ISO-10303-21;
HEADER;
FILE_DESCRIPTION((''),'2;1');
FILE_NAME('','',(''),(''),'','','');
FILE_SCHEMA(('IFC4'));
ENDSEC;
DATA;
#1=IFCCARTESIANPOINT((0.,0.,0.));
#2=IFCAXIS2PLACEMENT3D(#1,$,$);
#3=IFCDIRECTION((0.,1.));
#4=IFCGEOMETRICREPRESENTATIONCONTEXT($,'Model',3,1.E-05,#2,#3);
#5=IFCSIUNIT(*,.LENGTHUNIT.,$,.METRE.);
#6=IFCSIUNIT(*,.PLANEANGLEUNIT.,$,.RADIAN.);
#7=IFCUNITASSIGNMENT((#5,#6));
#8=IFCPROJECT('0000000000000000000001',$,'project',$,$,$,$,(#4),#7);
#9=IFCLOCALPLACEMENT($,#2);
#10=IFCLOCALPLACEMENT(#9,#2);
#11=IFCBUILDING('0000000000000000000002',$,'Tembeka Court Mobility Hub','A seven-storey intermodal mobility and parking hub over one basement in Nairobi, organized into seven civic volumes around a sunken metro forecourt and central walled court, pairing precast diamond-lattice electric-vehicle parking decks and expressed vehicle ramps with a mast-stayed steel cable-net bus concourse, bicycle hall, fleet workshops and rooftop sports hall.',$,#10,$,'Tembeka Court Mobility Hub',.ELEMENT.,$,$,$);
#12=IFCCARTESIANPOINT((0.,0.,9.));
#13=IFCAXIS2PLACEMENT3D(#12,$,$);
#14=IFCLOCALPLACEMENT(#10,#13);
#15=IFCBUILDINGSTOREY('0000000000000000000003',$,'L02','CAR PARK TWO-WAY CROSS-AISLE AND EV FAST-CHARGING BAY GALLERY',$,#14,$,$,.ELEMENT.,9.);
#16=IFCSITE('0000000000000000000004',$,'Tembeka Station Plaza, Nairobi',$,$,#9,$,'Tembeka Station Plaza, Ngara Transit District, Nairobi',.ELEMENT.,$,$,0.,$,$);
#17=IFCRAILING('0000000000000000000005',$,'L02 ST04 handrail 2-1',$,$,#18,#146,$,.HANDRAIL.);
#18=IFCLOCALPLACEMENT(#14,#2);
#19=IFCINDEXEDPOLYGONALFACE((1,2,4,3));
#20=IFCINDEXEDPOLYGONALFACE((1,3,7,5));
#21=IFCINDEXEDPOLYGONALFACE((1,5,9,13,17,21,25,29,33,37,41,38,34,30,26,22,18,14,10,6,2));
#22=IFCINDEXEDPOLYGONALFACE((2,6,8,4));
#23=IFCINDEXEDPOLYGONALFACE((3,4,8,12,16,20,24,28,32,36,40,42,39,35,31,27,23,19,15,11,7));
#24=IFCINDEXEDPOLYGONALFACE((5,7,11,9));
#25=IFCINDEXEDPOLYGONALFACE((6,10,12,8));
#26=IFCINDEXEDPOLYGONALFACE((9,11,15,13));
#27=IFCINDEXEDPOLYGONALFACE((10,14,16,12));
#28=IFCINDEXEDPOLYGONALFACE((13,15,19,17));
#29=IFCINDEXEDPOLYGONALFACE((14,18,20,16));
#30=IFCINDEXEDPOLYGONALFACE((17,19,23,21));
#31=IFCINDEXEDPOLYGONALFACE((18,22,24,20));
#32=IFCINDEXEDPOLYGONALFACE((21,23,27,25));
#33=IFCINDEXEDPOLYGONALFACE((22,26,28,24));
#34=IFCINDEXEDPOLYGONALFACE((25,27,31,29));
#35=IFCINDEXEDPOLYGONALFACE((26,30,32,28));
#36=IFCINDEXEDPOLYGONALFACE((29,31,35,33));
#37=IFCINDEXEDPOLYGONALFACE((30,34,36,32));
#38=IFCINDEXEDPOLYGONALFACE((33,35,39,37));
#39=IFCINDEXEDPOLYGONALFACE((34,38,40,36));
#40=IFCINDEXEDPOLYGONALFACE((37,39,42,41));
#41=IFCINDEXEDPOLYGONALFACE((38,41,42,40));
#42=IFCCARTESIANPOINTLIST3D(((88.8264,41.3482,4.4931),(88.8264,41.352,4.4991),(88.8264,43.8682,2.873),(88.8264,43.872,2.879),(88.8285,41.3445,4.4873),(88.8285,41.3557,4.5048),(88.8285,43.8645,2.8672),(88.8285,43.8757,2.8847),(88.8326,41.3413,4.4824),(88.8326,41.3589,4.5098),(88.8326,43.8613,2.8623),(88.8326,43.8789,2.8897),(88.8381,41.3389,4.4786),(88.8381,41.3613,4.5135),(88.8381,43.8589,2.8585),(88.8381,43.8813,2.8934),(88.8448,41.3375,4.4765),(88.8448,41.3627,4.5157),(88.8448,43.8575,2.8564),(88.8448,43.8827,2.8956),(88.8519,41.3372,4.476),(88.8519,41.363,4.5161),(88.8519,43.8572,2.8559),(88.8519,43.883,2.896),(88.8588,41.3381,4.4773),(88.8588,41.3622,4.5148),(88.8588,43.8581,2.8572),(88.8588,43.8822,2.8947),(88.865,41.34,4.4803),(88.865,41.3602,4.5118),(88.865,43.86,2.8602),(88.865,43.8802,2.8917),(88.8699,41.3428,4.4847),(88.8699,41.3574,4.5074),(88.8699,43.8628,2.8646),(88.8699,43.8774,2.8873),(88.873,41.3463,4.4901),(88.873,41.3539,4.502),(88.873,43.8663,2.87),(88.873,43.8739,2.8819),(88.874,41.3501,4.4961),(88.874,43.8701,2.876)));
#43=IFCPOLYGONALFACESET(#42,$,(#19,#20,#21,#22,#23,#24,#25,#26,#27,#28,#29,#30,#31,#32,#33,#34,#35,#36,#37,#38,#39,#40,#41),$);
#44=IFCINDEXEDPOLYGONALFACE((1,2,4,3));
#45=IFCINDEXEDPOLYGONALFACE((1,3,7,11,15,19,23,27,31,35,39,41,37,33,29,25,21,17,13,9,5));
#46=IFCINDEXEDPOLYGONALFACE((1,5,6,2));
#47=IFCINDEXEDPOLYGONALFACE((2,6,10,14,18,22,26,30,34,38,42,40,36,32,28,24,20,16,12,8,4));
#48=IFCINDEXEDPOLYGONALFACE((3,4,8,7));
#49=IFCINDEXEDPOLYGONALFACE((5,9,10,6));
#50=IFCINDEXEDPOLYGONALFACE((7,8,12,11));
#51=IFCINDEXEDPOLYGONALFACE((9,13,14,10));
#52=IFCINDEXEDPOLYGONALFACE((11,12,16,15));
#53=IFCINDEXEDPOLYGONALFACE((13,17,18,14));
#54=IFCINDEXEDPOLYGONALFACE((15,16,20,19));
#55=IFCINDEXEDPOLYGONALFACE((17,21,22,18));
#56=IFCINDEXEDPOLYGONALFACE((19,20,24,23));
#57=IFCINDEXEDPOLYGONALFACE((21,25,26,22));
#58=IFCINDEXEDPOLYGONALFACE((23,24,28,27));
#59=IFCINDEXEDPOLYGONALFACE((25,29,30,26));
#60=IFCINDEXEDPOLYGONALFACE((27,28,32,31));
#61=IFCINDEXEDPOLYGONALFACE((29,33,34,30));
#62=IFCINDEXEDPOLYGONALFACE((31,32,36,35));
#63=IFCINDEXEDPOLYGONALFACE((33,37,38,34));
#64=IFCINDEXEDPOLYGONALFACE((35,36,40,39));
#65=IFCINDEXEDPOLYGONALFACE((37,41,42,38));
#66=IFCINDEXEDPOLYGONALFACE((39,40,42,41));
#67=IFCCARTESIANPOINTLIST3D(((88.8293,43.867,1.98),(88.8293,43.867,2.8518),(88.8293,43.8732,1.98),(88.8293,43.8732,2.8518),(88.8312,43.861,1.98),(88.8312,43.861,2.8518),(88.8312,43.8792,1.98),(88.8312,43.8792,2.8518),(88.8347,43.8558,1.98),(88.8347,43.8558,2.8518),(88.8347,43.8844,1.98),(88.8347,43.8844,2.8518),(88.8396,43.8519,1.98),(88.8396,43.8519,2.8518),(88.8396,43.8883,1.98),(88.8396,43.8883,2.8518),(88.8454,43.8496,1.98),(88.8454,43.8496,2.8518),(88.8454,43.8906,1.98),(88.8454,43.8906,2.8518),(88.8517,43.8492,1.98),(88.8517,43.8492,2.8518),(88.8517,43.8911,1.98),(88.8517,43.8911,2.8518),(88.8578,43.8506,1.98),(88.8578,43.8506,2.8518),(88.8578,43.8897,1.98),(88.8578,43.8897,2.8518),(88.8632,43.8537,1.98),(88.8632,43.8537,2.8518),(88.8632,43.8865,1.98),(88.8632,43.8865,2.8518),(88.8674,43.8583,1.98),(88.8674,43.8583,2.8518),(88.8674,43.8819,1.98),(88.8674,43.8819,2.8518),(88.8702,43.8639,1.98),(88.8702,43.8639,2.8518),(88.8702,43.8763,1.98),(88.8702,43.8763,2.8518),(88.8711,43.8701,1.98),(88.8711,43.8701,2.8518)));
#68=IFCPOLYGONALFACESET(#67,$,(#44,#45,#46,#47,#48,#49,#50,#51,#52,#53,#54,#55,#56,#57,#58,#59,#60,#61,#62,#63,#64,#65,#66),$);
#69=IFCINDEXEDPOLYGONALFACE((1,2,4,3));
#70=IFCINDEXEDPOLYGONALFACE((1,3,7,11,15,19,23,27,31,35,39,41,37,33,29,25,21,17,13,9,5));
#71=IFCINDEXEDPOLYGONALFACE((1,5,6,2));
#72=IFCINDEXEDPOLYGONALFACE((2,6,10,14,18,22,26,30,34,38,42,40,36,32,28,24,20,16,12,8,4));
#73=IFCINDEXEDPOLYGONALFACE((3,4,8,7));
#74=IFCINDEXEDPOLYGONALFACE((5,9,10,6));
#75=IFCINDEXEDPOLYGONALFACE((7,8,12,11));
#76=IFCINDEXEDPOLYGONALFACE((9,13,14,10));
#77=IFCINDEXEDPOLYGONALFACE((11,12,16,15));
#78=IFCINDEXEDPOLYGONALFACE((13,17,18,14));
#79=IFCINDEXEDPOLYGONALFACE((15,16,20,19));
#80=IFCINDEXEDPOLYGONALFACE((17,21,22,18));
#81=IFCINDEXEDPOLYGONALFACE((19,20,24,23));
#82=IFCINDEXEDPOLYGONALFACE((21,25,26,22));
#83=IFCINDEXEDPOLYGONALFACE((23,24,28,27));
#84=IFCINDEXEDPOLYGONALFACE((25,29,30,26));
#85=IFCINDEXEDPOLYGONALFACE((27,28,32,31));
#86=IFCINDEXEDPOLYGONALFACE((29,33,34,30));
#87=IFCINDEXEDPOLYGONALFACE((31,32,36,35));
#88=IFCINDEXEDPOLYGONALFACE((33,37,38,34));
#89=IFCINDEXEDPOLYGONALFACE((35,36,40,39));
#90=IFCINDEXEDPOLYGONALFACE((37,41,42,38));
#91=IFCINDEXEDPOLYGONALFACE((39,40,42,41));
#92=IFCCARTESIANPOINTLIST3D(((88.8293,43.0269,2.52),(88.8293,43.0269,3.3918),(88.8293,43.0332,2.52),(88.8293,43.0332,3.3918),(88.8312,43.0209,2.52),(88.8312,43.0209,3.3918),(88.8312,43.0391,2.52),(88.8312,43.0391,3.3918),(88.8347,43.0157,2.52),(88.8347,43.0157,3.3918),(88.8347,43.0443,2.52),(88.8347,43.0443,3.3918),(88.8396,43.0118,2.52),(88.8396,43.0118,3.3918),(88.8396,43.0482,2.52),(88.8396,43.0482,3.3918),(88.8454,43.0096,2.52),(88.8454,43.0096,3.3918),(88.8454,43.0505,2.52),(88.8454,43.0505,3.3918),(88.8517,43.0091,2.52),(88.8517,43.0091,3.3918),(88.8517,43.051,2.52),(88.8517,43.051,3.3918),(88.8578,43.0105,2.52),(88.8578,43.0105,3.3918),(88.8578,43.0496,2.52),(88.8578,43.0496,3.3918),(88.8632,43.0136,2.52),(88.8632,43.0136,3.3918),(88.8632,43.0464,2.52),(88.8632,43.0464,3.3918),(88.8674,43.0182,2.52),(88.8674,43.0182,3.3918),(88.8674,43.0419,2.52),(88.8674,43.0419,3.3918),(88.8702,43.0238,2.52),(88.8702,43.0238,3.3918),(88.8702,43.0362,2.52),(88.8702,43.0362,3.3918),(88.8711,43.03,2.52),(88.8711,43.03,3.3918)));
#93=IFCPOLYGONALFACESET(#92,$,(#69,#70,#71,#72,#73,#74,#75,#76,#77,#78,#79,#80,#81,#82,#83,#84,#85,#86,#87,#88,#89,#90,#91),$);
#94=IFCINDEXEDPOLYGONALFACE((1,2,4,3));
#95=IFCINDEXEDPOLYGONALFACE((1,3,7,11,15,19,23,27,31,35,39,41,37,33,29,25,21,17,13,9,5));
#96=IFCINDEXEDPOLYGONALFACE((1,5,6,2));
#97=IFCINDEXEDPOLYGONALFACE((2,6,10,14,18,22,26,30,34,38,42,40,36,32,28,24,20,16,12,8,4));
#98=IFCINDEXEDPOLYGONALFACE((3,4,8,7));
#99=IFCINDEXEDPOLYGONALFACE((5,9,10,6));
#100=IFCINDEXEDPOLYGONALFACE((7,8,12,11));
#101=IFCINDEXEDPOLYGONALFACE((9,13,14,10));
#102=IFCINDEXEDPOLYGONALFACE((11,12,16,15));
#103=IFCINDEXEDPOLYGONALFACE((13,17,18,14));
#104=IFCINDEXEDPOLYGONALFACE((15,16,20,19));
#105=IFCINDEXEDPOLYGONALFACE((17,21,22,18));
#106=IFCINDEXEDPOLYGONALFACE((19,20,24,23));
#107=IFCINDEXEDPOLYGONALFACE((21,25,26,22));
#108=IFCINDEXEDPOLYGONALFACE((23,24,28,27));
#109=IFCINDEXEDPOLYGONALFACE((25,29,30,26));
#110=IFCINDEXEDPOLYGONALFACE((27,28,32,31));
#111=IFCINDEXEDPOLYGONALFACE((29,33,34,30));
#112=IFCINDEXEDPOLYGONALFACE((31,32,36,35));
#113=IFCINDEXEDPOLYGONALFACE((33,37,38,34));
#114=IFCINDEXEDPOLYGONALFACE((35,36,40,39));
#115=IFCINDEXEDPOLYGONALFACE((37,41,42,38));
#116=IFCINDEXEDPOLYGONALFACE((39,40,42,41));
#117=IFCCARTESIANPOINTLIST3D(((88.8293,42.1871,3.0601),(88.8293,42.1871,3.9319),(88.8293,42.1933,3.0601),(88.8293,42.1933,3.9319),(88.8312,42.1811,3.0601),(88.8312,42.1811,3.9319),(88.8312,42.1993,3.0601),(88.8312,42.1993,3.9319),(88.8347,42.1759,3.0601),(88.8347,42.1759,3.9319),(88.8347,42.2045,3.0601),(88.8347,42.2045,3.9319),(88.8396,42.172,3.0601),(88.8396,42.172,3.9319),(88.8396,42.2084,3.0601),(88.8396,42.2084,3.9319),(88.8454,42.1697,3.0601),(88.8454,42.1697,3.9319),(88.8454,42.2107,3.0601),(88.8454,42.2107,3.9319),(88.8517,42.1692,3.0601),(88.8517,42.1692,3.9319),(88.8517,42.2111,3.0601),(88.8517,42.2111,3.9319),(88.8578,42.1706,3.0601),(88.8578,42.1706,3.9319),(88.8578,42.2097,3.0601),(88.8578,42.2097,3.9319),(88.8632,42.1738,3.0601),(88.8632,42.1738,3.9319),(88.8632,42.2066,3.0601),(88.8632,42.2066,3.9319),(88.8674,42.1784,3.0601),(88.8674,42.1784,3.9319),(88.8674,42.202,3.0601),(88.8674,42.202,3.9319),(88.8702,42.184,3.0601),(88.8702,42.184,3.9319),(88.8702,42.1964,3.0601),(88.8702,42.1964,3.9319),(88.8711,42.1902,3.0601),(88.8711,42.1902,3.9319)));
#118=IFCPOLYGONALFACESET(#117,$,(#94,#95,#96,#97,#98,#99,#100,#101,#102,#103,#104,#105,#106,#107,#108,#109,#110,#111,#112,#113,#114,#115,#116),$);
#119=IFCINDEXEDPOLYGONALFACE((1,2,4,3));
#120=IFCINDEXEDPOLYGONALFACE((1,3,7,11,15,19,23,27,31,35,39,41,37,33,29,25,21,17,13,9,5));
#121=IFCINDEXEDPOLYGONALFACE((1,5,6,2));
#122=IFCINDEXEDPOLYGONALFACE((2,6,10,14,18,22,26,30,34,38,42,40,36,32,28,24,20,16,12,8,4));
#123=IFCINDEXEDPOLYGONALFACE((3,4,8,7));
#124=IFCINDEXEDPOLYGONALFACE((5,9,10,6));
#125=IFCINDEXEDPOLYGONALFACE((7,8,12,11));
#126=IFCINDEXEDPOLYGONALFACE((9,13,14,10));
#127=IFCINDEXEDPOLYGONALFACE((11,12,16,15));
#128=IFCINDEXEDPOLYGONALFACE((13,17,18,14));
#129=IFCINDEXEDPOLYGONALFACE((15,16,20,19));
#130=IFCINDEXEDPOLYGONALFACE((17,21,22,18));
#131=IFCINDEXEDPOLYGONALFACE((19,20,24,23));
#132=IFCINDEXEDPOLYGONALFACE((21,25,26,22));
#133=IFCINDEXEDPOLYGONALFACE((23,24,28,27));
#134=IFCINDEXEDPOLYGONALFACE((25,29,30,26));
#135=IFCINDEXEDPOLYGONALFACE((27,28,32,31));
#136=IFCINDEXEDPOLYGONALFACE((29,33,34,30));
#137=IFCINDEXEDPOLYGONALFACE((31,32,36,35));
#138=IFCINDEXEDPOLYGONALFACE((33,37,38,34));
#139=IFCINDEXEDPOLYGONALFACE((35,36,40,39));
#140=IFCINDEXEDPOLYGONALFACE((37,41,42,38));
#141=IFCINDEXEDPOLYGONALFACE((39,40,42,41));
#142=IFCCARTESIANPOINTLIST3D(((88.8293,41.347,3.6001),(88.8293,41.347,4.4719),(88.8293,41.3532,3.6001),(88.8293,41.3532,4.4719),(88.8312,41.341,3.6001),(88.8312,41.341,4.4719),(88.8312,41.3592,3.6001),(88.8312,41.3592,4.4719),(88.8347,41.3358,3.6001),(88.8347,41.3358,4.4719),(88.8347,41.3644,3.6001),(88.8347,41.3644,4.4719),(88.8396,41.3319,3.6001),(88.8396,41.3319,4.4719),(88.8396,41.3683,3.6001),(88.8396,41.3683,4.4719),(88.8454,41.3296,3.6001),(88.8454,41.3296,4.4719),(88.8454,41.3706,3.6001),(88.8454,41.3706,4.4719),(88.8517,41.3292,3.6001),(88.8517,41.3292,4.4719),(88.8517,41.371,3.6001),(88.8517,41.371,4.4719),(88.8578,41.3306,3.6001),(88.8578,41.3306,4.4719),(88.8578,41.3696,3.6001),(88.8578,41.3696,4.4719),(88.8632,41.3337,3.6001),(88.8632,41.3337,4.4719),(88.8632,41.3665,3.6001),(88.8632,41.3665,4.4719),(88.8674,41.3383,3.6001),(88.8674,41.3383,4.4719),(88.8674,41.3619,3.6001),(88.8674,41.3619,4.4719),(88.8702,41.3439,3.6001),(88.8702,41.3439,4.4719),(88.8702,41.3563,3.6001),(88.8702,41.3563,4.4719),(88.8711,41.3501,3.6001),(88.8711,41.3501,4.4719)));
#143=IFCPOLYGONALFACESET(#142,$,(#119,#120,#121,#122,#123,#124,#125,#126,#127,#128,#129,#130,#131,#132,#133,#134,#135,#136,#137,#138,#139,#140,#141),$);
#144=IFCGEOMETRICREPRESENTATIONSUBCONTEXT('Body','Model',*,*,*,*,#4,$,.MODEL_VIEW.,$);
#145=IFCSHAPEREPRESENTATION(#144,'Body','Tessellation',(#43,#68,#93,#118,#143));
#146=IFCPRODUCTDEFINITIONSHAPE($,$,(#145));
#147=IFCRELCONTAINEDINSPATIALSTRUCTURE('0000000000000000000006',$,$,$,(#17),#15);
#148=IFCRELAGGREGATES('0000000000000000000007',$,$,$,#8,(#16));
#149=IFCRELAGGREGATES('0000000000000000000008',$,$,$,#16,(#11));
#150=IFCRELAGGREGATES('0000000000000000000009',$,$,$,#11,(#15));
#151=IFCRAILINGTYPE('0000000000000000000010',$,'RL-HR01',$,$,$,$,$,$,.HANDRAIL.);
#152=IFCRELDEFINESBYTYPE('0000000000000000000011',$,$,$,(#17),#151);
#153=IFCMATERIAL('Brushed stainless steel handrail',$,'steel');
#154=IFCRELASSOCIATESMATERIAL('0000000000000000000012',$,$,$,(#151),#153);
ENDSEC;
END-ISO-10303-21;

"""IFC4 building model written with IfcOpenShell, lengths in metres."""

from ifc_helpers import new_model, si_unit, direction, frame, origin, origin_2d, place, context, subcontext, project, spatial, circle, extrude, material, type_object, element, save


model = new_model("IFC4")

# Units and contexts
model_context = context("Model", 3, precision=1e-05, world=origin(), true_north=direction((0.0, 1.0)))
body_context = subcontext(model_context, "Body", "Model", "MODEL_VIEW")
ifc_project = project(units=[si_unit("LENGTHUNIT", "METRE"), si_unit("PLANEANGLEUNIT", "RADIAN")], contexts=[model_context])

# Site, building, storey
site_placement = place(None, origin())
site = spatial("IfcSite", under=ifc_project, at=site_placement, Name="Tembeka Station Plaza, Nairobi", LongName="Tembeka Station Plaza, Ngara Transit District, Nairobi", CompositionType="ELEMENT", RefElevation=0.0)
building_placement = place(site_placement, origin())
building = spatial("IfcBuilding", under=site, at=building_placement, Name="Tembeka Court Mobility Hub", Description="A seven-storey intermodal mobility and parking hub over one basement in Nairobi, organized into seven civic volumes around a sunken metro forecourt and central walled court, pairing precast diamond-lattice electric-vehicle parking decks and expressed vehicle ramps with a mast-stayed steel cable-net bus concourse, bicycle hall, fleet workshops and rooftop sports hall.", LongName="Tembeka Court Mobility Hub", CompositionType="ELEMENT")
storey_placement = place(building_placement, frame((0.0, 0.0, 9.0)))
storey = spatial("IfcBuildingStorey", under=building, at=storey_placement, Name="L02", Description="CAR PARK TWO-WAY CROSS-AISLE AND EV FAST-CHARGING BAY GALLERY", CompositionType="ELEMENT", Elevation=9.0)

# Railing
ifc_material_1 = material(Name="Brushed stainless steel handrail", Category="steel")
railing_type_1 = type_object("IfcRailingType", Name="RL-HR01", PredefinedType="HANDRAIL", material=ifc_material_1)
railing_1_placement = place(storey_placement, frame((88.8501, 43.8701, 1.98)))
element("IfcRailing", 1, at=railing_1_placement, inside=storey, type_object=railing_type_1, Name="L02 ST04 handrail 2-1", PredefinedType="HANDRAIL", context=body_context, shape_type="SweptSolid", body=[
    extrude(circle(Radius=0.0239, at=origin_2d()), frame((0.0, 0.0, 0.896), z_axis=(0.0, -0.841163, 0.540782), x_axis=(1.0, 0.0, 0.0)), (0.0, 0.0, 1.0), 2.9958),
    extrude(circle(Radius=0.021, at=origin_2d()), origin(), (0.0, 0.0, 1.0), 0.8718),
    extrude(circle(Radius=0.021, at=origin_2d()), frame((0.0, -0.8401, 0.54)), (0.0, 0.0, 1.0), 0.8718),
    extrude(circle(Radius=0.021, at=origin_2d()), frame((0.0, -1.6799, 1.0801)), (0.0, 0.0, 1.0), 0.8718),
    extrude(circle(Radius=0.021, at=origin_2d()), frame((0.0, -2.52, 1.6201)), (0.0, 0.0, 1.0), 0.8718),
])

save(model, "model.ifc")
